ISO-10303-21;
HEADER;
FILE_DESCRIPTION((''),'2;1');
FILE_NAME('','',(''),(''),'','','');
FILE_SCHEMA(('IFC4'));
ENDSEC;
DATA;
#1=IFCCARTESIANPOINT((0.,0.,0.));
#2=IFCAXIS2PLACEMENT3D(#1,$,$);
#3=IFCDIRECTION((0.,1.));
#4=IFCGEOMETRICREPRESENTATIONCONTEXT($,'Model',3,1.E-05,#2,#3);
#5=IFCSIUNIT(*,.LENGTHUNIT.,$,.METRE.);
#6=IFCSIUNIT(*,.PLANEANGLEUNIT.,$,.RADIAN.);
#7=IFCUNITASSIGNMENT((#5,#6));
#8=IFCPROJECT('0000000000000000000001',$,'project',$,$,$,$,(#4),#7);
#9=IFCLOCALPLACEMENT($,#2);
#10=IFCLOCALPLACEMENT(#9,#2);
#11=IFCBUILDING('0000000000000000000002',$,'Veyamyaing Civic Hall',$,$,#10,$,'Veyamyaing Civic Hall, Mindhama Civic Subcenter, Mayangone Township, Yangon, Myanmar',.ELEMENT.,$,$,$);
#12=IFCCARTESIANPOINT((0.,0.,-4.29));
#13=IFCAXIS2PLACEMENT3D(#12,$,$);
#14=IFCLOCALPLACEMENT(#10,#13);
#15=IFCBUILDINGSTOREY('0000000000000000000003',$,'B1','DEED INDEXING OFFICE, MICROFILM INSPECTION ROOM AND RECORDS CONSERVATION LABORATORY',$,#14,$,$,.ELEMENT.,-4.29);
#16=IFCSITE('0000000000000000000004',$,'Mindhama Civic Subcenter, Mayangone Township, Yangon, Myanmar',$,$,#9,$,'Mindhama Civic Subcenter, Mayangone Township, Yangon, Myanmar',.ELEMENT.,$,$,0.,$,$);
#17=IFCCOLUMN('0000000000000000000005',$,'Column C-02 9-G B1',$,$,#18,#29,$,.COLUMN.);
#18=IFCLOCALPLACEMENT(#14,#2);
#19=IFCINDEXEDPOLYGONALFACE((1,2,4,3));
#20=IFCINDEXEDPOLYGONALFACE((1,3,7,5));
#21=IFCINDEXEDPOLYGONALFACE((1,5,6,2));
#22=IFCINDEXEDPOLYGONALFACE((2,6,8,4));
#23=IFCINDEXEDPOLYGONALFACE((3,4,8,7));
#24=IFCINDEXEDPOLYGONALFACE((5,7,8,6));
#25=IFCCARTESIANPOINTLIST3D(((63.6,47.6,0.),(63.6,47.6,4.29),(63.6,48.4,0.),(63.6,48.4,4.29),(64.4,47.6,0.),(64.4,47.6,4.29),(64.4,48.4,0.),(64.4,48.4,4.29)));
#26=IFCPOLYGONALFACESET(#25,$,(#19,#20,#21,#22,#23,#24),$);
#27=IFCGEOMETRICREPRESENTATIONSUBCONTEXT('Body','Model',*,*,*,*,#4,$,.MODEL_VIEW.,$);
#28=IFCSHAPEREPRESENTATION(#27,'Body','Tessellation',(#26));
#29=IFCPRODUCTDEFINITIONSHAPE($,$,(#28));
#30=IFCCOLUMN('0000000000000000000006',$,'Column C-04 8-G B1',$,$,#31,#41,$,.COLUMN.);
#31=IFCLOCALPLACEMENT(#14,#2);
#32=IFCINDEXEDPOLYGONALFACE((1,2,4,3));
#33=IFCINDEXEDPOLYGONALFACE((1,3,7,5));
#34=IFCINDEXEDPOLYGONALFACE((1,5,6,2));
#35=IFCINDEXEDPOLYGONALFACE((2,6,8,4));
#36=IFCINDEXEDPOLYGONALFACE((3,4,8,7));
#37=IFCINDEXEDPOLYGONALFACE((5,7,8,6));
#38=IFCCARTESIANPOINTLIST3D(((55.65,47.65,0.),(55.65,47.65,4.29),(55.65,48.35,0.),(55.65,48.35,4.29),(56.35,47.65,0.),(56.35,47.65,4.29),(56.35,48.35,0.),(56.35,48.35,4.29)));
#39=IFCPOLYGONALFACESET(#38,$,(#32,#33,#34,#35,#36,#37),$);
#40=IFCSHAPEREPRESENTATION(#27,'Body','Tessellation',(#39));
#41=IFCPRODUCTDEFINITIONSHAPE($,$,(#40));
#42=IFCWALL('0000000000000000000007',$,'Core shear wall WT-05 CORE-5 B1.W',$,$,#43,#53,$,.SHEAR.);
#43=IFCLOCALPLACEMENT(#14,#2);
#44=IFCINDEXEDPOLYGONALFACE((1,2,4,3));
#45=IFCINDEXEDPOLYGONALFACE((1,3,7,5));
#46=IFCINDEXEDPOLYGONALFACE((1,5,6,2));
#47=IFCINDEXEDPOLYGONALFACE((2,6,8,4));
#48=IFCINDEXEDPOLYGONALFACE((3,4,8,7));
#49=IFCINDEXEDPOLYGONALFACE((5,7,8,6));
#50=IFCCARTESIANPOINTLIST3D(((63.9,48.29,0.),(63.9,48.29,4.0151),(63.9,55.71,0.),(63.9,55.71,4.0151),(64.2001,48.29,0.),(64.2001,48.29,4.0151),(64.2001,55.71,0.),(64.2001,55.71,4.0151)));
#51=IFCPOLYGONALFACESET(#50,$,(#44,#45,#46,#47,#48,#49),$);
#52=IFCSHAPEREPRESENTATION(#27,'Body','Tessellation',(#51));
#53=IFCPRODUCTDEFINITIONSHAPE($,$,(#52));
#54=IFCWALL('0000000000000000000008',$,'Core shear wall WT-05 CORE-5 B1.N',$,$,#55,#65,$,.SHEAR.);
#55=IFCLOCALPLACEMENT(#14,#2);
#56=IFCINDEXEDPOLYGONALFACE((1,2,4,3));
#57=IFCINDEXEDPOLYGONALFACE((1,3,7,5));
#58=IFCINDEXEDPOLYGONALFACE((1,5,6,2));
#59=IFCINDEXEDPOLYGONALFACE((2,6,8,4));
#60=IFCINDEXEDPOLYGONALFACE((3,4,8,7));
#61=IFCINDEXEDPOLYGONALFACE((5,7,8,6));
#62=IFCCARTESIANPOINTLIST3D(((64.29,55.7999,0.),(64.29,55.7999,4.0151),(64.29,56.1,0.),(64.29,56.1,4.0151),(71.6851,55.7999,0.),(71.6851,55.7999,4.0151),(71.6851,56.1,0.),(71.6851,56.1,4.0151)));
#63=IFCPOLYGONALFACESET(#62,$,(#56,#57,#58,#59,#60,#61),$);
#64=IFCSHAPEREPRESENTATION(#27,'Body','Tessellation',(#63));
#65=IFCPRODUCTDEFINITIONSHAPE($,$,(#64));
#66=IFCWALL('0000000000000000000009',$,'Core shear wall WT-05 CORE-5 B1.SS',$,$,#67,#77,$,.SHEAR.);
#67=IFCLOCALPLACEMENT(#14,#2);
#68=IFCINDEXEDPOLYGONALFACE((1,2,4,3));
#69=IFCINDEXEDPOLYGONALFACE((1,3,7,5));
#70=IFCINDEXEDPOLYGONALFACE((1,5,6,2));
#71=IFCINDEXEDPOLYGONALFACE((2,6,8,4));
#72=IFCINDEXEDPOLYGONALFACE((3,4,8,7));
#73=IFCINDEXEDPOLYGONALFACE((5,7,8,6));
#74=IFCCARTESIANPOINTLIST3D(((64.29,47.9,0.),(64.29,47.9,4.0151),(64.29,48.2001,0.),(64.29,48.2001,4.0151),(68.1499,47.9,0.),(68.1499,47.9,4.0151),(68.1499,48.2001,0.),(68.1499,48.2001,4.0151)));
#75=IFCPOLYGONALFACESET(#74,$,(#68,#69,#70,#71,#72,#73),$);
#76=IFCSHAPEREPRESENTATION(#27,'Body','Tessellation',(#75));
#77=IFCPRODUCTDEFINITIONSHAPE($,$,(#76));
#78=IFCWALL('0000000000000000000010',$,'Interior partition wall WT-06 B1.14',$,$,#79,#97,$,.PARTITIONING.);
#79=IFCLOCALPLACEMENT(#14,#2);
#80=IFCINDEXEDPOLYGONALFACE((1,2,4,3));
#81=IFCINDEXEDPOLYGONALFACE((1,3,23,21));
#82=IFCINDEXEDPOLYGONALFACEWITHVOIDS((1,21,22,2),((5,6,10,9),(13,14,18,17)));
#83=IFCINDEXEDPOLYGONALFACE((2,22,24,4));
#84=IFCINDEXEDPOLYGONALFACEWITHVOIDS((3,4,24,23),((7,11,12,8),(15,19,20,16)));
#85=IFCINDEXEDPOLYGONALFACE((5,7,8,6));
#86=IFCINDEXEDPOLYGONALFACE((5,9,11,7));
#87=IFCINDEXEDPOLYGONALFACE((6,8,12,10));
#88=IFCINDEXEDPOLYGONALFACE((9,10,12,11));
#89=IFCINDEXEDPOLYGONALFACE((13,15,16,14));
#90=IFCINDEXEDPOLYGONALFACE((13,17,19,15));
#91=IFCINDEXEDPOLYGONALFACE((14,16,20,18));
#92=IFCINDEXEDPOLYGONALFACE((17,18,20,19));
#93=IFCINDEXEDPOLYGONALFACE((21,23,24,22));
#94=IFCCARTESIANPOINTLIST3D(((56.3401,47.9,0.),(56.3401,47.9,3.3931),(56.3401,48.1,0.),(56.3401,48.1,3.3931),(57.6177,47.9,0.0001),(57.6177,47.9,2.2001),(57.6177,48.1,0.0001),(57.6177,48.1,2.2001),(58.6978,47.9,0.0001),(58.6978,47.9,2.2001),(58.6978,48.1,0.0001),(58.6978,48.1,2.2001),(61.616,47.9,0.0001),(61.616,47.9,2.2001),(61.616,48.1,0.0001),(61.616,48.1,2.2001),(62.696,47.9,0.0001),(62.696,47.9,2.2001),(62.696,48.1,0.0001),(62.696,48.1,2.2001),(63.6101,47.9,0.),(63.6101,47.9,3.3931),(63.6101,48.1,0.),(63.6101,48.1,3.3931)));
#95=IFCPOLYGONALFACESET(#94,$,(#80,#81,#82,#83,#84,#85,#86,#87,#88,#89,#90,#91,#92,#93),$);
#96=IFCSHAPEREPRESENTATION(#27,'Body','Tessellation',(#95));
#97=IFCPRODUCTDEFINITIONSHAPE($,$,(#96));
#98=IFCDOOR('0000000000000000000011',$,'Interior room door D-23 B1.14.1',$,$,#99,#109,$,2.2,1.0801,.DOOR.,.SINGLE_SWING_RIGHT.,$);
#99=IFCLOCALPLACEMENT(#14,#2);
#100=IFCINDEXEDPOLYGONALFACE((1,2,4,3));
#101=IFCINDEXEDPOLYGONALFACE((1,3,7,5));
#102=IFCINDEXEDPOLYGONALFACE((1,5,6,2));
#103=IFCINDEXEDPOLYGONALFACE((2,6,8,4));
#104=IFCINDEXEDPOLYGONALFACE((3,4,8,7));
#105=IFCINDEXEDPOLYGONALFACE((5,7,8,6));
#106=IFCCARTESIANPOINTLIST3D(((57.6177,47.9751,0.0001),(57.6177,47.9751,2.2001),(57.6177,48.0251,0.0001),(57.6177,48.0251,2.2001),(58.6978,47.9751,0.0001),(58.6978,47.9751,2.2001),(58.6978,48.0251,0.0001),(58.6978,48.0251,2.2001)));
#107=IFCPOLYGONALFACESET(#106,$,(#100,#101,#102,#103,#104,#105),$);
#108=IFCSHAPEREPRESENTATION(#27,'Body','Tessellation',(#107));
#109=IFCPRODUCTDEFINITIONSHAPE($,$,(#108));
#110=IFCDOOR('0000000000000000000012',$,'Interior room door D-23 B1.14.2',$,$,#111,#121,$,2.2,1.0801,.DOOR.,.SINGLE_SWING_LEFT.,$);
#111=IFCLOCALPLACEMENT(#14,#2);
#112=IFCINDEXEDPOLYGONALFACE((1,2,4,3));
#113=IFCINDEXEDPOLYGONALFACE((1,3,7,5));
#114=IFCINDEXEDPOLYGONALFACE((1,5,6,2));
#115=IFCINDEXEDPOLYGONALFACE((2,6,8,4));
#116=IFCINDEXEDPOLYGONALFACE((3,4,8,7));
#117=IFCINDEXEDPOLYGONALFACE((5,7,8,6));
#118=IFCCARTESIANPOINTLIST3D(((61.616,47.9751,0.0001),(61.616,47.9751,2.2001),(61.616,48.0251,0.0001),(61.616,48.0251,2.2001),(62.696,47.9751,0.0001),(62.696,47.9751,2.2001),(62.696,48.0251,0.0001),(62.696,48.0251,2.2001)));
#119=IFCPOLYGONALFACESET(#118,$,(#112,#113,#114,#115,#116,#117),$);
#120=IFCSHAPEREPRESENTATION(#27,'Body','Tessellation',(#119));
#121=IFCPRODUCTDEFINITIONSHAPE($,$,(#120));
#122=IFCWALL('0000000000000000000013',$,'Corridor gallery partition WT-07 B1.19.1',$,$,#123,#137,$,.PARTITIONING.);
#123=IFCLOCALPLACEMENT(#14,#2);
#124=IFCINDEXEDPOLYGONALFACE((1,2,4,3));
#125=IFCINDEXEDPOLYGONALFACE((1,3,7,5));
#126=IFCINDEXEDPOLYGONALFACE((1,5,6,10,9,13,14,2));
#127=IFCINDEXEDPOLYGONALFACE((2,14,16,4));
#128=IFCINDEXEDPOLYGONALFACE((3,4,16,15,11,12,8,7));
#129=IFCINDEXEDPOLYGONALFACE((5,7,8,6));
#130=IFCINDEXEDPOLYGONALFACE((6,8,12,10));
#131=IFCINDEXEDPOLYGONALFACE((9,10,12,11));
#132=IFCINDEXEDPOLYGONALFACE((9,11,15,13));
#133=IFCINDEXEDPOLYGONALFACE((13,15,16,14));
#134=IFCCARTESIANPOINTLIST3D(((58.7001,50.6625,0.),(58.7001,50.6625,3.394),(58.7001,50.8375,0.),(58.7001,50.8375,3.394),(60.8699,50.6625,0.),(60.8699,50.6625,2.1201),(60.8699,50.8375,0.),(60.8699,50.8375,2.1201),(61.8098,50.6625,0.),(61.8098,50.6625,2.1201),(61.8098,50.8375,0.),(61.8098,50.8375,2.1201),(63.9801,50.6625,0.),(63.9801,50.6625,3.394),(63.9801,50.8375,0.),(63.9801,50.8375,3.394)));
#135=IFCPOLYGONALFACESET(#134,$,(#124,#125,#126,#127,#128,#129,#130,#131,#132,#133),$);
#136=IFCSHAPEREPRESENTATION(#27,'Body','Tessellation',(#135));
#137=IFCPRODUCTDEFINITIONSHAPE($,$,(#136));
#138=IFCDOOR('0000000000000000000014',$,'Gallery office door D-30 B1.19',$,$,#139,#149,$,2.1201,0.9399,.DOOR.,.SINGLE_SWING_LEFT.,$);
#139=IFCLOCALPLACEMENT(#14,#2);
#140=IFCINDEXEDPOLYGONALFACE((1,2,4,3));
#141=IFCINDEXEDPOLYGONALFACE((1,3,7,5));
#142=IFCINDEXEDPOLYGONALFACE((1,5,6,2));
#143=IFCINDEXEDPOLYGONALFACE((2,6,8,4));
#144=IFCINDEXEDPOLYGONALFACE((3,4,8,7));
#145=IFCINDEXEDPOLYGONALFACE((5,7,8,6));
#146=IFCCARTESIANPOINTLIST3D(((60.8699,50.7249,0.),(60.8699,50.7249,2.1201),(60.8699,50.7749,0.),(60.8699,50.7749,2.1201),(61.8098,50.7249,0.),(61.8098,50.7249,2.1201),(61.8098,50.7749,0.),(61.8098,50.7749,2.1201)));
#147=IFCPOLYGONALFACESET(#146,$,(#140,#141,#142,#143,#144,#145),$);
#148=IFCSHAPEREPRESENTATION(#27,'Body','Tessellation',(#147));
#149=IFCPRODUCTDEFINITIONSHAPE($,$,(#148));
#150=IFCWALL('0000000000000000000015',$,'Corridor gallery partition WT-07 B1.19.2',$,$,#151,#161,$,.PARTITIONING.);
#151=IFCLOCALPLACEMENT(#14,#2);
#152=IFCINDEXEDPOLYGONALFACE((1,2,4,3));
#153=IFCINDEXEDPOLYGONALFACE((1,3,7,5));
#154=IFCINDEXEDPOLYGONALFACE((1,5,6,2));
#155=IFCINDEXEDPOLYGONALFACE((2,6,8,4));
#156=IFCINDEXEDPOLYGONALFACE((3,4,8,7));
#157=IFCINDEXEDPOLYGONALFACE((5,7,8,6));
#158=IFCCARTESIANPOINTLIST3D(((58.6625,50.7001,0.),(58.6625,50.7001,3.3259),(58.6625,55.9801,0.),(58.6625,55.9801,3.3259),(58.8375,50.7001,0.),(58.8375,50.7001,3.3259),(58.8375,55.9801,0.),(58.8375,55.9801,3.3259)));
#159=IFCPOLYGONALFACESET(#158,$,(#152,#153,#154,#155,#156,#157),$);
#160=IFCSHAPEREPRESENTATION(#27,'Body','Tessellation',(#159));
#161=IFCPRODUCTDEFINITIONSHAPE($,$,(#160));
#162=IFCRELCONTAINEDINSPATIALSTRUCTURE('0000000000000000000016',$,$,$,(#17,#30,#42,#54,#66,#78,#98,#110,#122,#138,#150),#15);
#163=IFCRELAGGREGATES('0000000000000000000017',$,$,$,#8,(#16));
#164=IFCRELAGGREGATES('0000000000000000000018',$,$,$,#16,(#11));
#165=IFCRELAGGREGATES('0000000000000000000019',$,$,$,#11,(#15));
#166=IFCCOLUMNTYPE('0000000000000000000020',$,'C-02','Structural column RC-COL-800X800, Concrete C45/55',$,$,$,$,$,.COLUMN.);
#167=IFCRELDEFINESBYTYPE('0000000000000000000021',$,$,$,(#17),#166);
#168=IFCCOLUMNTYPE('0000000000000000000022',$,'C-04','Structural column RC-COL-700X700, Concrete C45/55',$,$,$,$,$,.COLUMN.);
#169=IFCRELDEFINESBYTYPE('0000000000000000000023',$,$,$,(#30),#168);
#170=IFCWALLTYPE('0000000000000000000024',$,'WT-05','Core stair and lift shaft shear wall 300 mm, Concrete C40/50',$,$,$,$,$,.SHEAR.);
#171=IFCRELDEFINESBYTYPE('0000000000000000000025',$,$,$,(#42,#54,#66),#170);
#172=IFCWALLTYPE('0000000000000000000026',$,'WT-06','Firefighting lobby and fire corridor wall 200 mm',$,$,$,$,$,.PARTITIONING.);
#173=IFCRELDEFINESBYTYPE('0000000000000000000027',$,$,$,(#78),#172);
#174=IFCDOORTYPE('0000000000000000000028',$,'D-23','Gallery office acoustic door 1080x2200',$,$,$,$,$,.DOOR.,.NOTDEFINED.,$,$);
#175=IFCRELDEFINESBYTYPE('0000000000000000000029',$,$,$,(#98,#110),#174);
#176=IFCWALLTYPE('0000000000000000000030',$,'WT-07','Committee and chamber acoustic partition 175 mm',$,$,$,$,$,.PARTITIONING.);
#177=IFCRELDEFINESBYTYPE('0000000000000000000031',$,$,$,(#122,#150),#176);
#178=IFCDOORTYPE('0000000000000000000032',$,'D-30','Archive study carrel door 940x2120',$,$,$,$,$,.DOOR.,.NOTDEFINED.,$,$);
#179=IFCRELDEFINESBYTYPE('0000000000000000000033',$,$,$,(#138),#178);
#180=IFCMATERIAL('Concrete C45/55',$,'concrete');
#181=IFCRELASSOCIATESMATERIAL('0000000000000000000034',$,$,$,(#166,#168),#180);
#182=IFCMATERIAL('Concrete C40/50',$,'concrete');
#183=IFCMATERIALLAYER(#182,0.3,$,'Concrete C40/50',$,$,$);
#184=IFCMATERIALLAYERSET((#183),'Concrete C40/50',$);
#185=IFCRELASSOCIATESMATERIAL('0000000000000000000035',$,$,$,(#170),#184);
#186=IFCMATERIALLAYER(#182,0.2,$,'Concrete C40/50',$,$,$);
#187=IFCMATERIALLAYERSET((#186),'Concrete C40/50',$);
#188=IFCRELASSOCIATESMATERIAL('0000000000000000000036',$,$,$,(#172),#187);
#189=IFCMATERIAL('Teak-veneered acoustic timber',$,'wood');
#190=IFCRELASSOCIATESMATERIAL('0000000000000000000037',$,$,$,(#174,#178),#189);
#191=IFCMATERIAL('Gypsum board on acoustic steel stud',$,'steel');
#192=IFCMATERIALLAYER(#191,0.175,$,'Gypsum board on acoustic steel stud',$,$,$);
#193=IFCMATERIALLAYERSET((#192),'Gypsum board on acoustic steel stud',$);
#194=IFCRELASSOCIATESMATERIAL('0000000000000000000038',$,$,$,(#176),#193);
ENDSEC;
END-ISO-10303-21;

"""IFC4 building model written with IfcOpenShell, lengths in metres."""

from ifc_helpers import new_model, si_unit, direction, frame, frame_2d, origin, origin_2d, place, context, subcontext, project, spatial, rectangle, extrude, material, layer, layer_set, material_profile, profile_set, type_object, element, fill, save


model = new_model("IFC4")

# Units and contexts
model_context = context("Model", 3, precision=1e-05, world=origin(), true_north=direction((0.0, 1.0)))
body_context = subcontext(model_context, "Body", "Model", "MODEL_VIEW")
ifc_project = project(units=[si_unit("LENGTHUNIT", "METRE"), si_unit("PLANEANGLEUNIT", "RADIAN")], contexts=[model_context])

# Site, building, storey
site_placement = place(None, origin())
site = spatial("IfcSite", under=ifc_project, at=site_placement, Name="Mindhama Civic Subcenter, Mayangone Township, Yangon, Myanmar", LongName="Mindhama Civic Subcenter, Mayangone Township, Yangon, Myanmar", CompositionType="ELEMENT", RefElevation=0.0)
building_placement = place(site_placement, origin())
building = spatial("IfcBuilding", under=site, at=building_placement, Name="Veyamyaing Civic Hall", LongName="Veyamyaing Civic Hall, Mindhama Civic Subcenter, Mayangone Township, Yangon, Myanmar", CompositionType="ELEMENT")
storey_placement = place(building_placement, frame((0.0, 0.0, -4.29)))
storey = spatial("IfcBuildingStorey", under=building, at=storey_placement, Name="B1", Description="DEED INDEXING OFFICE, MICROFILM INSPECTION ROOM AND RECORDS CONSERVATION LABORATORY", CompositionType="ELEMENT", Elevation=-4.29)

# Shared definitions
ifc_material_1 = material(Name="Concrete C40/50", Category="concrete")

# Columns
ifc_material_2 = material(Name="Concrete C45/55", Category="concrete")
ifc_material_profile_1 = material_profile(ifc_material_2, rectangle(XDim=0.8, YDim=0.8, at=origin_2d()), Name="RC-COL-800X800")
ifc_profile_set_1 = profile_set([ifc_material_profile_1], Name="Concrete C45/55")
column_type_1 = type_object("IfcColumnType", Name="C-02", Description="Structural column RC-COL-800X800, Concrete C45/55", PredefinedType="COLUMN", material=ifc_profile_set_1)
column_1_placement = place(storey_placement, frame((64.0, 48.0, 0.0), z_axis=(0.0, 0.0, 1.0), x_axis=(1.0, 0.0, 0.0)))
element("IfcColumn", 1, at=column_1_placement, inside=storey, type_object=column_type_1, Name="Column C-02 9-G B1", PredefinedType="COLUMN", context=body_context, shape_type="SweptSolid", body=[
    extrude(rectangle(XDim=0.8, YDim=0.8, at=origin_2d()), origin(), (0.0, 0.0, 1.0), 4.29),
])
ifc_material_profile_2 = material_profile(ifc_material_2, rectangle(XDim=0.7, YDim=0.7, at=origin_2d()), Name="RC-COL-700X700")
ifc_profile_set_2 = profile_set([ifc_material_profile_2], Name="Concrete C45/55")
column_type_2 = type_object("IfcColumnType", Name="C-04", Description="Structural column RC-COL-700X700, Concrete C45/55", PredefinedType="COLUMN", material=ifc_profile_set_2)
column_2_placement = place(storey_placement, frame((56.0, 48.0, 0.0), z_axis=(0.0, 0.0, 1.0), x_axis=(1.0, 0.0, 0.0)))
element("IfcColumn", 2, at=column_2_placement, inside=storey, type_object=column_type_2, Name="Column C-04 8-G B1", PredefinedType="COLUMN", context=body_context, shape_type="SweptSolid", body=[
    extrude(rectangle(XDim=0.7, YDim=0.7, at=origin_2d()), origin(), (0.0, 0.0, 1.0), 4.29),
])

# Walls
ifc_layer_1 = layer(ifc_material_1, 0.3, Name="Concrete C40/50")
ifc_layer_set_1 = layer_set([ifc_layer_1], Name="Concrete C40/50")
wall_type_1 = type_object("IfcWallType", Name="WT-05", Description="Core stair and lift shaft shear wall 300 mm, Concrete C40/50", PredefinedType="SHEAR", material=ifc_layer_set_1)
wall_1_placement = place(storey_placement, frame((64.05, 48.29, 0.0), z_axis=(0.0, 0.0, 1.0), x_axis=(0.0, 1.0, 0.0)))
element("IfcWall", 3, at=wall_1_placement, inside=storey, type_object=wall_type_1, Name="Core shear wall WT-05 CORE-5 B1.W", PredefinedType="SHEAR", context=body_context, shape_type="SweptSolid", body=[
    extrude(rectangle(XDim=7.4199, YDim=0.3, at=frame_2d((3.71, 0.0))), origin(), (0.0, 0.0, 1.0), 4.0151),
])
wall_2_placement = place(storey_placement, frame((64.29, 55.95, 0.0), z_axis=(0.0, 0.0, 1.0), x_axis=(1.0, 0.0, 0.0)))
element("IfcWall", 4, at=wall_2_placement, inside=storey, type_object=wall_type_1, Name="Core shear wall WT-05 CORE-5 B1.N", PredefinedType="SHEAR", context=body_context, shape_type="SweptSolid", body=[
    extrude(rectangle(XDim=7.395, YDim=0.3, at=frame_2d((3.6975, 0.0))), origin(), (0.0, 0.0, 1.0), 4.0151),
])
wall_3_placement = place(storey_placement, frame((64.29, 48.05, 0.0), z_axis=(0.0, 0.0, 1.0), x_axis=(1.0, 0.0, 0.0)))
element("IfcWall", 5, at=wall_3_placement, inside=storey, type_object=wall_type_1, Name="Core shear wall WT-05 CORE-5 B1.SS", PredefinedType="SHEAR", context=body_context, shape_type="SweptSolid", body=[
    extrude(rectangle(XDim=3.8599, YDim=0.3, at=frame_2d((1.9299, 0.0))), origin(), (0.0, 0.0, 1.0), 4.0151),
])

# Wall, openings, doors
ifc_layer_2 = layer(ifc_material_1, 0.2, Name="Concrete C40/50")
ifc_layer_set_2 = layer_set([ifc_layer_2], Name="Concrete C40/50")
wall_type_2 = type_object("IfcWallType", Name="WT-06", Description="Firefighting lobby and fire corridor wall 200 mm", PredefinedType="PARTITIONING", material=ifc_layer_set_2)
wall_4_placement = place(storey_placement, frame((56.3401, 48.0, 0.0), z_axis=(0.0, 0.0, 1.0), x_axis=(1.0, 0.0, 0.0)))
wall_4 = element("IfcWall", 6, at=wall_4_placement, inside=storey, type_object=wall_type_2, Name="Interior partition wall WT-06 B1.14", PredefinedType="PARTITIONING", context=body_context, shape_type="SweptSolid", body=[
    extrude(rectangle(XDim=7.27, YDim=0.2, at=frame_2d((3.635, 0.0))), origin(), (0.0, 0.0, 1.0), 3.3931),
])
opening_1_placement = place(wall_4_placement, frame((1.2776, 0.0, 0.0)))
opening_1 = element("IfcOpeningElement", 7, at=opening_1_placement, cuts=wall_4, PredefinedType="OPENING", context=body_context, shape_type="SweptSolid", body=[
    extrude(rectangle(XDim=1.0801, YDim=2.2, at=frame_2d((0.54, 1.1001))), frame((0.0, 0.1099, 0.0), z_axis=(0.0, -1.0, 0.0), x_axis=(1.0, 0.0, 0.0)), (0.0, 0.0, 1.0), 0.22),
])
opening_2_placement = place(wall_4_placement, frame((5.2759, 0.0, 0.0)))
opening_2 = element("IfcOpeningElement", 8, at=opening_2_placement, cuts=wall_4, PredefinedType="OPENING", context=body_context, shape_type="SweptSolid", body=[
    extrude(rectangle(XDim=1.0801, YDim=2.2, at=frame_2d((0.54, 1.1001))), frame((0.0, 0.1099, 0.0), z_axis=(0.0, -1.0, 0.0), x_axis=(1.0, 0.0, 0.0)), (0.0, 0.0, 1.0), 0.22),
])
ifc_material_3 = material(Name="Teak-veneered acoustic timber", Category="wood")
door_type_1 = type_object("IfcDoorType", Name="D-23", Description="Gallery office acoustic door 1080x2200", OperationType="NOTDEFINED", PredefinedType="DOOR", material=ifc_material_3)
door_1_placement = place(opening_1_placement, frame((1.0801, 0.0, 0.0), z_axis=(0.0, 0.0, 1.0), x_axis=(-1.0, 0.0, 0.0)))
door_1 = element("IfcDoor", 9, at=door_1_placement, inside=storey, type_object=door_type_1, Name="Interior room door D-23 B1.14.1", OperationType="SINGLE_SWING_RIGHT", OverallHeight=2.2, OverallWidth=1.0801, PredefinedType="DOOR", context=body_context, shape_type="SweptSolid", body=[
    extrude(rectangle(XDim=1.0801, YDim=2.2, at=frame_2d((0.54, 1.1001))), frame((0.0, 0.0249, 0.0), z_axis=(0.0, -1.0, 0.0), x_axis=(1.0, 0.0, 0.0)), (0.0, 0.0, 1.0), 0.05),
])
fill(opening_1, door_1)
door_2_placement = place(opening_2_placement, frame((1.0801, 0.0, 0.0), z_axis=(0.0, 0.0, 1.0), x_axis=(-1.0, 0.0, 0.0)))
door_2 = element("IfcDoor", 10, at=door_2_placement, inside=storey, type_object=door_type_1, Name="Interior room door D-23 B1.14.2", OperationType="SINGLE_SWING_LEFT", OverallHeight=2.2, OverallWidth=1.0801, PredefinedType="DOOR", context=body_context, shape_type="SweptSolid", body=[
    extrude(rectangle(XDim=1.0801, YDim=2.2, at=frame_2d((0.54, 1.1001))), frame((0.0, 0.0249, 0.0), z_axis=(0.0, -1.0, 0.0), x_axis=(1.0, 0.0, 0.0)), (0.0, 0.0, 1.0), 0.05),
])
fill(opening_2, door_2)

# Wall, opening, door
ifc_material_4 = material(Name="Gypsum board on acoustic steel stud", Category="steel")
ifc_layer_3 = layer(ifc_material_4, 0.175, Name="Gypsum board on acoustic steel stud")
ifc_layer_set_3 = layer_set([ifc_layer_3], Name="Gypsum board on acoustic steel stud")
wall_type_3 = type_object("IfcWallType", Name="WT-07", Description="Committee and chamber acoustic partition 175 mm", PredefinedType="PARTITIONING", material=ifc_layer_set_3)
wall_5_placement = place(storey_placement, frame((58.7, 50.75, 0.0), z_axis=(0.0, 0.0, 1.0), x_axis=(1.0, 0.0, 0.0)))
wall_5 = element("IfcWall", 11, at=wall_5_placement, inside=storey, type_object=wall_type_3, Name="Corridor gallery partition WT-07 B1.19.1", PredefinedType="PARTITIONING", context=body_context, shape_type="SweptSolid", body=[
    extrude(rectangle(XDim=5.28, YDim=0.175, at=frame_2d((2.6401, 0.0))), origin(), (0.0, 0.0, 1.0), 3.394),
])
opening_3_placement = place(wall_5_placement, frame((2.1699, 0.0, 0.0)))
opening_3 = element("IfcOpeningElement", 12, at=opening_3_placement, cuts=wall_5, PredefinedType="OPENING", context=body_context, shape_type="SweptSolid", body=[
    extrude(rectangle(XDim=0.9399, YDim=2.1201, at=frame_2d((0.47, 1.0601))), frame((0.0, 0.0974, 0.0), z_axis=(0.0, -1.0, 0.0), x_axis=(1.0, 0.0, 0.0)), (0.0, 0.0, 1.0), 0.1951),
])
door_type_2 = type_object("IfcDoorType", Name="D-30", Description="Archive study carrel door 940x2120", OperationType="NOTDEFINED", PredefinedType="DOOR", material=ifc_material_3)
door_3_placement = place(opening_3_placement, origin())
door_3 = element("IfcDoor", 13, at=door_3_placement, inside=storey, type_object=door_type_2, Name="Gallery office door D-30 B1.19", OperationType="SINGLE_SWING_LEFT", OverallHeight=2.1201, OverallWidth=0.9399, PredefinedType="DOOR", context=body_context, shape_type="SweptSolid", body=[
    extrude(rectangle(XDim=0.9399, YDim=2.1201, at=frame_2d((0.47, 1.0601))), frame((0.0, 0.0249, 0.0), z_axis=(0.0, -1.0, 0.0), x_axis=(1.0, 0.0, 0.0)), (0.0, 0.0, 1.0), 0.05),
])
fill(opening_3, door_3)

# Wall
wall_6_placement = place(storey_placement, frame((58.75, 50.7, 0.0), z_axis=(0.0, 0.0, 1.0), x_axis=(0.0, 1.0, 0.0)))
element("IfcWall", 14, at=wall_6_placement, inside=storey, type_object=wall_type_3, Name="Corridor gallery partition WT-07 B1.19.2", PredefinedType="PARTITIONING", context=body_context, shape_type="SweptSolid", body=[
    extrude(rectangle(XDim=5.28, YDim=0.175, at=frame_2d((2.6401, 0.0))), origin(), (0.0, 0.0, 1.0), 3.3259),
])

save(model, "model.ifc")
